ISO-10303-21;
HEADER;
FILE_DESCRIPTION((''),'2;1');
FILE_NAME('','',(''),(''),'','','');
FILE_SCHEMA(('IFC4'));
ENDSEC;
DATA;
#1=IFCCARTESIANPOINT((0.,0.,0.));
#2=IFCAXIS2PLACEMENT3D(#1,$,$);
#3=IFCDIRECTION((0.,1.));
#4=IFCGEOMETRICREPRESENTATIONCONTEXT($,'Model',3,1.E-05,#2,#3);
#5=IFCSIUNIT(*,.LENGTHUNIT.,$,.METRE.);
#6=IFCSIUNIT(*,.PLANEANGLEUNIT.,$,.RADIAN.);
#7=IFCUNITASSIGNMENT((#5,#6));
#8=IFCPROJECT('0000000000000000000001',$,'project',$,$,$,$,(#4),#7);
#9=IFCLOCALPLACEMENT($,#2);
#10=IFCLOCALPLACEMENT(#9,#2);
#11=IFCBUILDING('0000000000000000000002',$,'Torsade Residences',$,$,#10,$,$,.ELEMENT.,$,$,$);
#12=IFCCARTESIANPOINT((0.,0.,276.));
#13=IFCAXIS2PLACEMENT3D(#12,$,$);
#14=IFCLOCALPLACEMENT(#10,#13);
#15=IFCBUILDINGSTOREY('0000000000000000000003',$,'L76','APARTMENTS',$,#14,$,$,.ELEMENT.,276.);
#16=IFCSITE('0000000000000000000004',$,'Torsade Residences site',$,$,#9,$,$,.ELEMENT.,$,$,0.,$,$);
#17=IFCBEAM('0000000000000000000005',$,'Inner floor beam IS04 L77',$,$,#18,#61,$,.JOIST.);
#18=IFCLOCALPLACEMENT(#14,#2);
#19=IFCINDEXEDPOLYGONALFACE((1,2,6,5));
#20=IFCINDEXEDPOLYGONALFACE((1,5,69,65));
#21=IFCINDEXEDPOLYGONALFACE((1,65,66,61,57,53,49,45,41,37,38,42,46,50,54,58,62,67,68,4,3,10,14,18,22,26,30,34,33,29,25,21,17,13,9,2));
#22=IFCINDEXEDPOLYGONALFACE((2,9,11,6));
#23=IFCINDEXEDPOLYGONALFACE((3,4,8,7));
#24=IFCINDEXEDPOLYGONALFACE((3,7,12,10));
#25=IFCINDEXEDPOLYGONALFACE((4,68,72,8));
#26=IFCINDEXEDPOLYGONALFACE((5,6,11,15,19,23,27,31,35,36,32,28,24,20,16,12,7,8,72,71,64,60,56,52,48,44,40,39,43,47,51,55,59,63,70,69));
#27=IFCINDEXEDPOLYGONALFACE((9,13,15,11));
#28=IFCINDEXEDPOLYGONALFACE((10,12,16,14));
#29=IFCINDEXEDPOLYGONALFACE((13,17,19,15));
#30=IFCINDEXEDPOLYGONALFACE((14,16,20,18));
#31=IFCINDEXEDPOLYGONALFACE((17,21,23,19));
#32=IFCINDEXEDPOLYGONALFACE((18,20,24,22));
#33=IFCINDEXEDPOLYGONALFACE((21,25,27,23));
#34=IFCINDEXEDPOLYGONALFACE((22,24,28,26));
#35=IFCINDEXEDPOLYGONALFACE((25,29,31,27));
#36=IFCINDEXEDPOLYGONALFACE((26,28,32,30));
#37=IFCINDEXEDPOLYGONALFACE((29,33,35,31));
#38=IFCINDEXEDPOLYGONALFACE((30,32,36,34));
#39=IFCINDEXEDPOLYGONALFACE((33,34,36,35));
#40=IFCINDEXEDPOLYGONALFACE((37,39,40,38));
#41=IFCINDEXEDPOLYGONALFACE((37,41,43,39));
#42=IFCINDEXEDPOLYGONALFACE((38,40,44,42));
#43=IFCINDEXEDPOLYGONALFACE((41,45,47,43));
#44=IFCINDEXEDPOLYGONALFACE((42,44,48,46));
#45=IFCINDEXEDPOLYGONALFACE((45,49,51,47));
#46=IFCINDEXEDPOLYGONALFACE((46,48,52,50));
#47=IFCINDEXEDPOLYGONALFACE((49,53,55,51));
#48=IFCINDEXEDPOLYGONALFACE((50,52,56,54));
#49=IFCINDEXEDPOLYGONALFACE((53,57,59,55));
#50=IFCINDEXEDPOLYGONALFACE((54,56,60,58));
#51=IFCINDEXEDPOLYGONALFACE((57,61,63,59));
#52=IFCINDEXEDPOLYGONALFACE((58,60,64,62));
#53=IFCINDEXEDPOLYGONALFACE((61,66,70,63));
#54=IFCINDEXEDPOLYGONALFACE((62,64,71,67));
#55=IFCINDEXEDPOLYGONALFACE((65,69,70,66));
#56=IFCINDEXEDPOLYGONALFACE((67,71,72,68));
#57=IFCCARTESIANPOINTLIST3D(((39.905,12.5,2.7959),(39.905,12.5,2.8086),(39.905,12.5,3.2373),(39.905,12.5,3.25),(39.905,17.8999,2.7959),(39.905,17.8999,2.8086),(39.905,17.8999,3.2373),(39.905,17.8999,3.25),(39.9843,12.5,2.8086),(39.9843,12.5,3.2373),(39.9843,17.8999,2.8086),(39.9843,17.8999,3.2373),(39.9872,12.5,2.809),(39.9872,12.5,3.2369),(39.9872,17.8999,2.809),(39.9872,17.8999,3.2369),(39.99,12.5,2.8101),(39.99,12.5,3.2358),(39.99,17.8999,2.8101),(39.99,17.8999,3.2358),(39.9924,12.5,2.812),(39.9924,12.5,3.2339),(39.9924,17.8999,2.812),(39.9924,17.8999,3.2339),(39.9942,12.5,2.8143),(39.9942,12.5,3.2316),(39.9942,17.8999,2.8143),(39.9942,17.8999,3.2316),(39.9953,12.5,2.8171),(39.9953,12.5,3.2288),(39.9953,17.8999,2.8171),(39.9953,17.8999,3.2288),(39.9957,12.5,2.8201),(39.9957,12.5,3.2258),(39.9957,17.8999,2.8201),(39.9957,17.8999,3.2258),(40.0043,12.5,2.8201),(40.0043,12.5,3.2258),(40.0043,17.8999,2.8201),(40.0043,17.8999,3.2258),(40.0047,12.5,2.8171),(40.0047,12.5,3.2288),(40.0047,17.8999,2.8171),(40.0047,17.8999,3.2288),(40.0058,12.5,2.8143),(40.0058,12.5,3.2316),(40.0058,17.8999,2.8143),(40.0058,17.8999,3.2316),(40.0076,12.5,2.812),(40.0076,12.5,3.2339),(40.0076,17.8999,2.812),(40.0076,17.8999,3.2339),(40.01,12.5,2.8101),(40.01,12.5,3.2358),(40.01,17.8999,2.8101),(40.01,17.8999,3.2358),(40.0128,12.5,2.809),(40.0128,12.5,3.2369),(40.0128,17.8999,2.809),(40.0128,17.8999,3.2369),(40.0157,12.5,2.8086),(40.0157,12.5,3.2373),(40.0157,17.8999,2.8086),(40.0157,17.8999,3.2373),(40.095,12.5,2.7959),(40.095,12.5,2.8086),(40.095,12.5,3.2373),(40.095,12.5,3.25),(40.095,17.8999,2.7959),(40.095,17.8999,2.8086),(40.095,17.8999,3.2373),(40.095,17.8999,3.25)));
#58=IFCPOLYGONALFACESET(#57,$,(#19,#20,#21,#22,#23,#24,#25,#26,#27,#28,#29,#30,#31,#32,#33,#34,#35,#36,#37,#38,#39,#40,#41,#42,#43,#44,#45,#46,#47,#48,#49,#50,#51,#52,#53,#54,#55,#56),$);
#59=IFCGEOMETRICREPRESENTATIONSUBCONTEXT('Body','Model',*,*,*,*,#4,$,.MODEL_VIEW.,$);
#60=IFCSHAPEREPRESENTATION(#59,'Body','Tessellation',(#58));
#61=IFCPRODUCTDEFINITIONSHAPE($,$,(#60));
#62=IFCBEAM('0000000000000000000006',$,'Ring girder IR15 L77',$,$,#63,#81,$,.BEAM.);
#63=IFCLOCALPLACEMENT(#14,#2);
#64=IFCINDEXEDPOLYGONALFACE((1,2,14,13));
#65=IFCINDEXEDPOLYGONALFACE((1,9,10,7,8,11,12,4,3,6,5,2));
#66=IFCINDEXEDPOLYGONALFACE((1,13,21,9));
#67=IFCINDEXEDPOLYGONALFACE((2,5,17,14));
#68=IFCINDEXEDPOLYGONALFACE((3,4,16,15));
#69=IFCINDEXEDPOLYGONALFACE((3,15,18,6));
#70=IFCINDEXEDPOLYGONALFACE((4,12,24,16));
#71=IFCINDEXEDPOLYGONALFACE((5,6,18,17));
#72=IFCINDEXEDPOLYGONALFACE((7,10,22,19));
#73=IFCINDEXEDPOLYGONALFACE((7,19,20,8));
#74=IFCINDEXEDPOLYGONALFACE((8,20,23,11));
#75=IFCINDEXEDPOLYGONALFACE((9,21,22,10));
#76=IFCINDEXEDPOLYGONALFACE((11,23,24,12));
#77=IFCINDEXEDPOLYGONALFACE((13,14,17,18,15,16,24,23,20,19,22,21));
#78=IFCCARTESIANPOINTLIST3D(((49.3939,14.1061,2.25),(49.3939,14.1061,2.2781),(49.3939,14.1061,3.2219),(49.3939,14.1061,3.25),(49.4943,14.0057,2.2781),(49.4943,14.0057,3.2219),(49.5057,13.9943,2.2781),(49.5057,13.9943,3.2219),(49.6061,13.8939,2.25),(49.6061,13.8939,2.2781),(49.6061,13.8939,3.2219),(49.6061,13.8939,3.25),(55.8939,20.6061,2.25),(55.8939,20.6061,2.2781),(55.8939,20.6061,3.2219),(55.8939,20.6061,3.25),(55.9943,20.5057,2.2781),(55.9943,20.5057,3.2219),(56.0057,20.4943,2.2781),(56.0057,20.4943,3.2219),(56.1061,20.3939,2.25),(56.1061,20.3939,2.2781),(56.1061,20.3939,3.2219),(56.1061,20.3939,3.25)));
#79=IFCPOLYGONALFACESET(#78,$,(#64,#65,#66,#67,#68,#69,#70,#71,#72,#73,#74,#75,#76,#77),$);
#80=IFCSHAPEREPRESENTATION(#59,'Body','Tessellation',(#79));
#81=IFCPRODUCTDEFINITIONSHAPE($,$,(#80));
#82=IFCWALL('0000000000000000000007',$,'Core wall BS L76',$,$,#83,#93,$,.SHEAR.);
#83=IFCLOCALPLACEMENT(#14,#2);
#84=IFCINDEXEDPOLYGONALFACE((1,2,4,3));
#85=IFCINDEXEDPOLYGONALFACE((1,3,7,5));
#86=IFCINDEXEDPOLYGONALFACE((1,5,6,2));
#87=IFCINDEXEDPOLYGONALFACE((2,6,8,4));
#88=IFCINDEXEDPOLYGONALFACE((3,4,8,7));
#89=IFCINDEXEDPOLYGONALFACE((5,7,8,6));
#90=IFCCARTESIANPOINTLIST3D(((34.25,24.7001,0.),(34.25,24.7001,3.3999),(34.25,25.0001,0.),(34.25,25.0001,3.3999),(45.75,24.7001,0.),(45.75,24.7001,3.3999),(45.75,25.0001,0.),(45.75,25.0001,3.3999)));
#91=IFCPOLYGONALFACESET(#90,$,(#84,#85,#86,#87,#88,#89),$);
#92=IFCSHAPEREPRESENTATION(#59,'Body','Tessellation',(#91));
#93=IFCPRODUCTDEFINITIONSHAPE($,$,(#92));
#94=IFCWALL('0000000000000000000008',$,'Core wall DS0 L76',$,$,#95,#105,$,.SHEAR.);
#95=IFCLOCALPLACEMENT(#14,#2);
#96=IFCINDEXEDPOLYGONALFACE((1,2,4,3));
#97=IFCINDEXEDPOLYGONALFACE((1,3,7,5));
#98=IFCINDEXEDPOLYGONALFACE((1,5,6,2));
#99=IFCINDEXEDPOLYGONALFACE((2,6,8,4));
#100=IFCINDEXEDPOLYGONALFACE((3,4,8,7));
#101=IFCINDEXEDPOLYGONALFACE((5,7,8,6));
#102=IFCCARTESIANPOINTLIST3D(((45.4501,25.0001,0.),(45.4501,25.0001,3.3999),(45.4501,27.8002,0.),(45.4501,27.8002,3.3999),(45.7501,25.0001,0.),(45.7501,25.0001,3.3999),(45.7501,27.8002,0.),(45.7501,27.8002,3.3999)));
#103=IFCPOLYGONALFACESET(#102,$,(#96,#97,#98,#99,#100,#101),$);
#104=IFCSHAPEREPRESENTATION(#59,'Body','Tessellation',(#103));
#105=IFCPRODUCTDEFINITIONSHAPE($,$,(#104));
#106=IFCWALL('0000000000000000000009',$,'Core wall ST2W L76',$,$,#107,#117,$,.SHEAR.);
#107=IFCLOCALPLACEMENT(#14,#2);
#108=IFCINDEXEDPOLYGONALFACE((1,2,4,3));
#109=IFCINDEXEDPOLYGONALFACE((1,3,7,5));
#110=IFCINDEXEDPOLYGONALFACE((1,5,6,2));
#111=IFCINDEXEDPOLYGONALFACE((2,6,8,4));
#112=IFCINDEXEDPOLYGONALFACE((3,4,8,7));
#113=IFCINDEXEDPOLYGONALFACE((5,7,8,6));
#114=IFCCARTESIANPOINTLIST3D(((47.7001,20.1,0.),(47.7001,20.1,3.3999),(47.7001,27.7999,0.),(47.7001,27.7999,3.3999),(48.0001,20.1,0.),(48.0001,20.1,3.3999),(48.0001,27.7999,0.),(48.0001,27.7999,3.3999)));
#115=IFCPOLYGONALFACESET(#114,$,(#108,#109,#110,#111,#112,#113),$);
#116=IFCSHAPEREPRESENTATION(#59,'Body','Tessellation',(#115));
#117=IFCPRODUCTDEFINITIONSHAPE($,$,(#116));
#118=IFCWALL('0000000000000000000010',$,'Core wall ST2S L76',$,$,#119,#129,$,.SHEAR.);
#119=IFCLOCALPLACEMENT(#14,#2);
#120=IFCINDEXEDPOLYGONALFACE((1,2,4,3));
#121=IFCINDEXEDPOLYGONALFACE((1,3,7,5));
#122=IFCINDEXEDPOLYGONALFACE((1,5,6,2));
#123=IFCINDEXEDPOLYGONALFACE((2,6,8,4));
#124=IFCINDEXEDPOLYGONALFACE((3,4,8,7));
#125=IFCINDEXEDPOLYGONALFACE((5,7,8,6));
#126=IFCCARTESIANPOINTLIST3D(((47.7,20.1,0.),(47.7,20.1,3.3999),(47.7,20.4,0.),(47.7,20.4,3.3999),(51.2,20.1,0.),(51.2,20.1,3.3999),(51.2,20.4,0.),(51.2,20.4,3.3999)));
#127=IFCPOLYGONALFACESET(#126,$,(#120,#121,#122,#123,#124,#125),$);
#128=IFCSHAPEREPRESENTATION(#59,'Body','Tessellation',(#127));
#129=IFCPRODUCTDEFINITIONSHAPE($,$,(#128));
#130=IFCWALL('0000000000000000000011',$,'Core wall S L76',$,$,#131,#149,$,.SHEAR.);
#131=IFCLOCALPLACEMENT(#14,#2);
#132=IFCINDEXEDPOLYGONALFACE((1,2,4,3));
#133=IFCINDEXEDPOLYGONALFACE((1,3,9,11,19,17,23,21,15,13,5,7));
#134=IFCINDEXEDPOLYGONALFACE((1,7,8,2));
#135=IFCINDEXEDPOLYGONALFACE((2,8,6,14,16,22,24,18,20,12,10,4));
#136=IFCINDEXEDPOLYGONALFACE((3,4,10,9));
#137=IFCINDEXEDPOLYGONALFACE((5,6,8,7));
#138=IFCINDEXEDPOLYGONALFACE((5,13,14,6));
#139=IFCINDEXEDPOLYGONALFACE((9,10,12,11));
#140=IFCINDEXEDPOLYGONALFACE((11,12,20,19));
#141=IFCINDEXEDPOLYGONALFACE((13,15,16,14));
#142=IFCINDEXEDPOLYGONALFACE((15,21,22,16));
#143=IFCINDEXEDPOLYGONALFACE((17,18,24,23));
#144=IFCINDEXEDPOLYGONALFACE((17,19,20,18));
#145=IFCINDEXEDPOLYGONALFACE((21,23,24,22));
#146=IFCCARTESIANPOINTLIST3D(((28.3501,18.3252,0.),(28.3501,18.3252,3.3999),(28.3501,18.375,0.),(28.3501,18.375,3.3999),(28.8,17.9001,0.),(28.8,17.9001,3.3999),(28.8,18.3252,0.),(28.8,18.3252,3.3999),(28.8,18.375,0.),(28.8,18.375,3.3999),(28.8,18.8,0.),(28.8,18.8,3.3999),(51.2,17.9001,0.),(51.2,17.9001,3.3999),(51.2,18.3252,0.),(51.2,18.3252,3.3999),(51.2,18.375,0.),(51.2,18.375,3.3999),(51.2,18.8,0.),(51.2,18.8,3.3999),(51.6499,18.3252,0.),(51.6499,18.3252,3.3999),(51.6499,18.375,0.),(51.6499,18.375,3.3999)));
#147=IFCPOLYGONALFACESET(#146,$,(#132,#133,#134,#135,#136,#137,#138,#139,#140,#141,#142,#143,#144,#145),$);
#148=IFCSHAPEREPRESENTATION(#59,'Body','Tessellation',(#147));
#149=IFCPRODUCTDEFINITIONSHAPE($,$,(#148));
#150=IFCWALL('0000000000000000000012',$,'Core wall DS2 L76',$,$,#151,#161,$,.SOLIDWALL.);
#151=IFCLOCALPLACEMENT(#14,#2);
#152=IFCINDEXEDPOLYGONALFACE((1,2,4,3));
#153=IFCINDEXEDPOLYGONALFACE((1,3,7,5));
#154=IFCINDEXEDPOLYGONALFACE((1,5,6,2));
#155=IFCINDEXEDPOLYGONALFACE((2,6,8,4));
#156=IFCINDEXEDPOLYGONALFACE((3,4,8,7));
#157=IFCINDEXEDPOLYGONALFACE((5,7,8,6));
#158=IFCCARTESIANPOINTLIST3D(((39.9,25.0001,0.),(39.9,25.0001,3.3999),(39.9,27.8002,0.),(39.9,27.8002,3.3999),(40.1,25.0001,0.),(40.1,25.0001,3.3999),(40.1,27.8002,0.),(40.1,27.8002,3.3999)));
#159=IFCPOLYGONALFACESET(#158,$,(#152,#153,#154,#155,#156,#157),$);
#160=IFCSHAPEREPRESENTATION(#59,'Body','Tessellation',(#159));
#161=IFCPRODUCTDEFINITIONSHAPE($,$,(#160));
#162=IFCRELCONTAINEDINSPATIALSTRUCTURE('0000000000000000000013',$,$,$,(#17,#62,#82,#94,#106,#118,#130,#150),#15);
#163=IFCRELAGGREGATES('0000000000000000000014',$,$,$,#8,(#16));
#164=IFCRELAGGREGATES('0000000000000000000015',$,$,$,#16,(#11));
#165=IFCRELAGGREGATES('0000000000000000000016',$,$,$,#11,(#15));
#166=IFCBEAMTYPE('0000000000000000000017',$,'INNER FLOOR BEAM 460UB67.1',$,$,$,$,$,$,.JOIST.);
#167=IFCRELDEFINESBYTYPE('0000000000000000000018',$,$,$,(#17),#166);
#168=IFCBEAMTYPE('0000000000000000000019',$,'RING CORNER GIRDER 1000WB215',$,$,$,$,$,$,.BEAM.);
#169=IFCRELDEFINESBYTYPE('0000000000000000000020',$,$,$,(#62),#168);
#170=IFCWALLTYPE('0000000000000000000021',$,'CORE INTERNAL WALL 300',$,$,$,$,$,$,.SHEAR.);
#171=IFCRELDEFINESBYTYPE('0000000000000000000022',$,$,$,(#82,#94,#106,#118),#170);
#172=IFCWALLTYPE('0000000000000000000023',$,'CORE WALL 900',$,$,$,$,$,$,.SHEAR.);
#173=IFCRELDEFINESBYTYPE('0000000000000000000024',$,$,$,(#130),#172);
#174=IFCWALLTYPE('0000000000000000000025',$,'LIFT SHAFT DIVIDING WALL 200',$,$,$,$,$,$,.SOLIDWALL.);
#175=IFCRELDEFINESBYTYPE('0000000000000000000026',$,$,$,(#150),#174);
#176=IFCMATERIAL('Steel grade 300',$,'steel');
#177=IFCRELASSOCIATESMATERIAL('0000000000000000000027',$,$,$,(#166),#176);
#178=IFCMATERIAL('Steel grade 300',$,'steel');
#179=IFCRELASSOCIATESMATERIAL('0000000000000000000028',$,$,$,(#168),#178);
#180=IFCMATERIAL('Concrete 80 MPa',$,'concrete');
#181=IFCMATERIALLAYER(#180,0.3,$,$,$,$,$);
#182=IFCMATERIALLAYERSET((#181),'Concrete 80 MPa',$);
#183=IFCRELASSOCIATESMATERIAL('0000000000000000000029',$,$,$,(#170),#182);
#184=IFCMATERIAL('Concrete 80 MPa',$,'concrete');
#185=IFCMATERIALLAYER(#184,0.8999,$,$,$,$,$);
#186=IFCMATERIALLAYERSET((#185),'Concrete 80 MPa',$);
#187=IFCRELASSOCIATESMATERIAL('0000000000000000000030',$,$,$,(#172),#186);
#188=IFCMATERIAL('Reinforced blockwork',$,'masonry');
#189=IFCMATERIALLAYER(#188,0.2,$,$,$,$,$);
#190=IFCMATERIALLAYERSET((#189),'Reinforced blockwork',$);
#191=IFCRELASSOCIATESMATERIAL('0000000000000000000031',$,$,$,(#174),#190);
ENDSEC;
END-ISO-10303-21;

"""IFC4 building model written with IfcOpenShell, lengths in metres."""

from ifc_helpers import new_model, si_unit, direction, frame, frame_2d, origin, origin_2d, place, context, subcontext, project, spatial, polyline, rectangle, i_section, outline, extrude, material, layer, layer_set, material_profile, profile_set, type_object, element, save


model = new_model("IFC4")

# Units and contexts
model_context = context("Model", 3, precision=1e-05, world=origin(), true_north=direction((0.0, 1.0)))
body_context = subcontext(model_context, "Body", "Model", "MODEL_VIEW")
ifc_project = project(units=[si_unit("LENGTHUNIT", "METRE"), si_unit("PLANEANGLEUNIT", "RADIAN")], contexts=[model_context])

# Site, building, storey
site_placement = place(None, origin())
site = spatial("IfcSite", under=ifc_project, at=site_placement, Name="Torsade Residences site", CompositionType="ELEMENT", RefElevation=0.0)
building_placement = place(site_placement, origin())
building = spatial("IfcBuilding", under=site, at=building_placement, Name="Torsade Residences", CompositionType="ELEMENT")
storey_placement = place(building_placement, frame((0.0, 0.0, 276.0)))
storey = spatial("IfcBuildingStorey", under=building, at=storey_placement, Name="L76", Description="APARTMENTS", CompositionType="ELEMENT", Elevation=276.0)

# Beams
ifc_material_1 = material(Name="Steel grade 300", Category="steel")
ifc_material_profile_1 = material_profile(ifc_material_1, i_section(OverallWidth=0.1899, OverallDepth=0.4541, WebThickness=0.0085, FlangeThickness=0.0127, FilletRadius=0.0115, at=origin_2d()), Name="460UB67.1")
ifc_profile_set_1 = profile_set([ifc_material_profile_1], Name="Steel grade 300")
beam_type_1 = type_object("IfcBeamType", Name="INNER FLOOR BEAM 460UB67.1", PredefinedType="JOIST", material=ifc_profile_set_1)
for number, where, z_axis, x_axis, name in (
    (1, (40.0, 17.8999, 3.0229), (0.0, -1.0, 0.0), (1.0, 0.0, 0.0), "Inner floor beam IS04 L77"),
):
    element("IfcBeam", number, at=place(storey_placement, frame(where, z_axis=z_axis, x_axis=x_axis)), inside=storey, type_object=beam_type_1, Name=name, PredefinedType="JOIST", context=body_context, shape_type="SweptSolid", body=[
        extrude(i_section(OverallWidth=0.1899, OverallDepth=0.4541, WebThickness=0.0085, FlangeThickness=0.0127, FilletRadius=0.0115, at=origin_2d()), origin(), (0.0, 0.0, 1.0), 5.3999),
    ])
ifc_material_2 = material(Name="Steel grade 300", Category="steel")
ifc_material_profile_2 = material_profile(ifc_material_2, i_section(OverallWidth=0.3, OverallDepth=1.0, WebThickness=0.0161, FlangeThickness=0.0281, at=origin_2d()), Name="1000WB215")
ifc_profile_set_2 = profile_set([ifc_material_profile_2], Name="Steel grade 300")
beam_type_2 = type_object("IfcBeamType", Name="RING CORNER GIRDER 1000WB215", PredefinedType="BEAM", material=ifc_profile_set_2)
beam_1_placement = place(storey_placement, frame((49.5, 14.0, 2.75), z_axis=(0.707107, 0.707107, 0.0), x_axis=(-0.707107, 0.707107, 0.0)))
element("IfcBeam", 2, at=beam_1_placement, inside=storey, type_object=beam_type_2, Name="Ring girder IR15 L77", PredefinedType="BEAM", context=body_context, shape_type="SweptSolid", body=[
    extrude(i_section(OverallWidth=0.3, OverallDepth=1.0, WebThickness=0.0161, FlangeThickness=0.0281, at=origin_2d()), origin(), (0.0, 0.0, 1.0), 9.1924),
])

# Walls
ifc_material_3 = material(Name="Concrete 80 MPa", Category="concrete")
ifc_layer_1 = layer(ifc_material_3, 0.3)
ifc_layer_set_1 = layer_set([ifc_layer_1], Name="Concrete 80 MPa")
wall_type_1 = type_object("IfcWallType", Name="CORE INTERNAL WALL 300", PredefinedType="SHEAR", material=ifc_layer_set_1)
wall_1_placement = place(storey_placement, frame((45.75, 24.8501, 0.0), z_axis=(0.0, 0.0, 1.0), x_axis=(-1.0, 0.0, 0.0)))
element("IfcWall", 3, at=wall_1_placement, inside=storey, type_object=wall_type_1, Name="Core wall BS L76", PredefinedType="SHEAR", context=body_context, shape_type="SweptSolid", body=[
    extrude(rectangle(XDim=11.5, YDim=0.3, at=frame_2d((5.75, 0.0))), origin(), (0.0, 0.0, 1.0), 3.3999),
])
wall_2_placement = place(storey_placement, frame((45.6001, 27.8, 0.0), z_axis=(0.0, 0.0, 1.0), x_axis=(0.0, -1.0, 0.0)))
element("IfcWall", 4, at=wall_2_placement, inside=storey, type_object=wall_type_1, Name="Core wall DS0 L76", PredefinedType="SHEAR", context=body_context, shape_type="SweptSolid", body=[
    extrude(rectangle(XDim=2.8, YDim=0.3, at=frame_2d((1.3999, 0.0))), origin(), (0.0, 0.0, 1.0), 3.3999),
])
wall_3_placement = place(storey_placement, frame((47.8501, 27.8, 0.0), z_axis=(0.0, 0.0, 1.0), x_axis=(0.0, -1.0, 0.0)))
element("IfcWall", 5, at=wall_3_placement, inside=storey, type_object=wall_type_1, Name="Core wall ST2W L76", PredefinedType="SHEAR", context=body_context, shape_type="SweptSolid", body=[
    extrude(rectangle(XDim=7.7, YDim=0.3, at=frame_2d((3.8501, 0.0))), origin(), (0.0, 0.0, 1.0), 3.3999),
])
wall_4_placement = place(storey_placement, frame((51.2, 20.25, 0.0), z_axis=(0.0, 0.0, 1.0), x_axis=(-1.0, 0.0, 0.0)))
element("IfcWall", 6, at=wall_4_placement, inside=storey, type_object=wall_type_1, Name="Core wall ST2S L76", PredefinedType="SHEAR", context=body_context, shape_type="SweptSolid", body=[
    extrude(rectangle(XDim=3.5, YDim=0.3, at=frame_2d((1.75, 0.0))), origin(), (0.0, 0.0, 1.0), 3.3999),
])
ifc_material_4 = material(Name="Concrete 80 MPa", Category="concrete")
ifc_layer_2 = layer(ifc_material_4, 0.8999)
ifc_layer_set_2 = layer_set([ifc_layer_2], Name="Concrete 80 MPa")
wall_type_2 = type_object("IfcWallType", Name="CORE WALL 900", PredefinedType="SHEAR", material=ifc_layer_set_2)
wall_5_placement = place(storey_placement, frame((51.2, 18.3501, 0.0), z_axis=(0.0, 0.0, 1.0), x_axis=(-1.0, 0.0, 0.0)))
element("IfcWall", 7, at=wall_5_placement, inside=storey, type_object=wall_type_2, Name="Core wall S L76", PredefinedType="SHEAR", context=body_context, shape_type="SweptSolid", body=[
    extrude(outline(polyline([(0.0, -0.45), (22.3999, -0.45), (22.3999, -0.0249), (22.8499, -0.0249), (22.8499, 0.0249), (22.3999, 0.0249), (22.3999, 0.45), (0.0, 0.45), (0.0, 0.0249), (-0.45, 0.0249), (-0.45, -0.0249), (0.0, -0.0249), (0.0, -0.45)])), origin(), (0.0, 0.0, 1.0), 3.3999),
])
ifc_material_5 = material(Name="Reinforced blockwork", Category="masonry")
ifc_layer_3 = layer(ifc_material_5, 0.2)
ifc_layer_set_3 = layer_set([ifc_layer_3], Name="Reinforced blockwork")
wall_type_3 = type_object("IfcWallType", Name="LIFT SHAFT DIVIDING WALL 200", PredefinedType="SOLIDWALL", material=ifc_layer_set_3)
wall_6_placement = place(storey_placement, frame((40.0, 27.8, 0.0), z_axis=(0.0, 0.0, 1.0), x_axis=(0.0, -1.0, 0.0)))
element("IfcWall", 8, at=wall_6_placement, inside=storey, type_object=wall_type_3, Name="Core wall DS2 L76", PredefinedType="SOLIDWALL", context=body_context, shape_type="SweptSolid", body=[
    extrude(rectangle(XDim=2.8, YDim=0.2, at=frame_2d((1.3999, 0.0))), origin(), (0.0, 0.0, 1.0), 3.3999),
])

save(model, "model.ifc")
